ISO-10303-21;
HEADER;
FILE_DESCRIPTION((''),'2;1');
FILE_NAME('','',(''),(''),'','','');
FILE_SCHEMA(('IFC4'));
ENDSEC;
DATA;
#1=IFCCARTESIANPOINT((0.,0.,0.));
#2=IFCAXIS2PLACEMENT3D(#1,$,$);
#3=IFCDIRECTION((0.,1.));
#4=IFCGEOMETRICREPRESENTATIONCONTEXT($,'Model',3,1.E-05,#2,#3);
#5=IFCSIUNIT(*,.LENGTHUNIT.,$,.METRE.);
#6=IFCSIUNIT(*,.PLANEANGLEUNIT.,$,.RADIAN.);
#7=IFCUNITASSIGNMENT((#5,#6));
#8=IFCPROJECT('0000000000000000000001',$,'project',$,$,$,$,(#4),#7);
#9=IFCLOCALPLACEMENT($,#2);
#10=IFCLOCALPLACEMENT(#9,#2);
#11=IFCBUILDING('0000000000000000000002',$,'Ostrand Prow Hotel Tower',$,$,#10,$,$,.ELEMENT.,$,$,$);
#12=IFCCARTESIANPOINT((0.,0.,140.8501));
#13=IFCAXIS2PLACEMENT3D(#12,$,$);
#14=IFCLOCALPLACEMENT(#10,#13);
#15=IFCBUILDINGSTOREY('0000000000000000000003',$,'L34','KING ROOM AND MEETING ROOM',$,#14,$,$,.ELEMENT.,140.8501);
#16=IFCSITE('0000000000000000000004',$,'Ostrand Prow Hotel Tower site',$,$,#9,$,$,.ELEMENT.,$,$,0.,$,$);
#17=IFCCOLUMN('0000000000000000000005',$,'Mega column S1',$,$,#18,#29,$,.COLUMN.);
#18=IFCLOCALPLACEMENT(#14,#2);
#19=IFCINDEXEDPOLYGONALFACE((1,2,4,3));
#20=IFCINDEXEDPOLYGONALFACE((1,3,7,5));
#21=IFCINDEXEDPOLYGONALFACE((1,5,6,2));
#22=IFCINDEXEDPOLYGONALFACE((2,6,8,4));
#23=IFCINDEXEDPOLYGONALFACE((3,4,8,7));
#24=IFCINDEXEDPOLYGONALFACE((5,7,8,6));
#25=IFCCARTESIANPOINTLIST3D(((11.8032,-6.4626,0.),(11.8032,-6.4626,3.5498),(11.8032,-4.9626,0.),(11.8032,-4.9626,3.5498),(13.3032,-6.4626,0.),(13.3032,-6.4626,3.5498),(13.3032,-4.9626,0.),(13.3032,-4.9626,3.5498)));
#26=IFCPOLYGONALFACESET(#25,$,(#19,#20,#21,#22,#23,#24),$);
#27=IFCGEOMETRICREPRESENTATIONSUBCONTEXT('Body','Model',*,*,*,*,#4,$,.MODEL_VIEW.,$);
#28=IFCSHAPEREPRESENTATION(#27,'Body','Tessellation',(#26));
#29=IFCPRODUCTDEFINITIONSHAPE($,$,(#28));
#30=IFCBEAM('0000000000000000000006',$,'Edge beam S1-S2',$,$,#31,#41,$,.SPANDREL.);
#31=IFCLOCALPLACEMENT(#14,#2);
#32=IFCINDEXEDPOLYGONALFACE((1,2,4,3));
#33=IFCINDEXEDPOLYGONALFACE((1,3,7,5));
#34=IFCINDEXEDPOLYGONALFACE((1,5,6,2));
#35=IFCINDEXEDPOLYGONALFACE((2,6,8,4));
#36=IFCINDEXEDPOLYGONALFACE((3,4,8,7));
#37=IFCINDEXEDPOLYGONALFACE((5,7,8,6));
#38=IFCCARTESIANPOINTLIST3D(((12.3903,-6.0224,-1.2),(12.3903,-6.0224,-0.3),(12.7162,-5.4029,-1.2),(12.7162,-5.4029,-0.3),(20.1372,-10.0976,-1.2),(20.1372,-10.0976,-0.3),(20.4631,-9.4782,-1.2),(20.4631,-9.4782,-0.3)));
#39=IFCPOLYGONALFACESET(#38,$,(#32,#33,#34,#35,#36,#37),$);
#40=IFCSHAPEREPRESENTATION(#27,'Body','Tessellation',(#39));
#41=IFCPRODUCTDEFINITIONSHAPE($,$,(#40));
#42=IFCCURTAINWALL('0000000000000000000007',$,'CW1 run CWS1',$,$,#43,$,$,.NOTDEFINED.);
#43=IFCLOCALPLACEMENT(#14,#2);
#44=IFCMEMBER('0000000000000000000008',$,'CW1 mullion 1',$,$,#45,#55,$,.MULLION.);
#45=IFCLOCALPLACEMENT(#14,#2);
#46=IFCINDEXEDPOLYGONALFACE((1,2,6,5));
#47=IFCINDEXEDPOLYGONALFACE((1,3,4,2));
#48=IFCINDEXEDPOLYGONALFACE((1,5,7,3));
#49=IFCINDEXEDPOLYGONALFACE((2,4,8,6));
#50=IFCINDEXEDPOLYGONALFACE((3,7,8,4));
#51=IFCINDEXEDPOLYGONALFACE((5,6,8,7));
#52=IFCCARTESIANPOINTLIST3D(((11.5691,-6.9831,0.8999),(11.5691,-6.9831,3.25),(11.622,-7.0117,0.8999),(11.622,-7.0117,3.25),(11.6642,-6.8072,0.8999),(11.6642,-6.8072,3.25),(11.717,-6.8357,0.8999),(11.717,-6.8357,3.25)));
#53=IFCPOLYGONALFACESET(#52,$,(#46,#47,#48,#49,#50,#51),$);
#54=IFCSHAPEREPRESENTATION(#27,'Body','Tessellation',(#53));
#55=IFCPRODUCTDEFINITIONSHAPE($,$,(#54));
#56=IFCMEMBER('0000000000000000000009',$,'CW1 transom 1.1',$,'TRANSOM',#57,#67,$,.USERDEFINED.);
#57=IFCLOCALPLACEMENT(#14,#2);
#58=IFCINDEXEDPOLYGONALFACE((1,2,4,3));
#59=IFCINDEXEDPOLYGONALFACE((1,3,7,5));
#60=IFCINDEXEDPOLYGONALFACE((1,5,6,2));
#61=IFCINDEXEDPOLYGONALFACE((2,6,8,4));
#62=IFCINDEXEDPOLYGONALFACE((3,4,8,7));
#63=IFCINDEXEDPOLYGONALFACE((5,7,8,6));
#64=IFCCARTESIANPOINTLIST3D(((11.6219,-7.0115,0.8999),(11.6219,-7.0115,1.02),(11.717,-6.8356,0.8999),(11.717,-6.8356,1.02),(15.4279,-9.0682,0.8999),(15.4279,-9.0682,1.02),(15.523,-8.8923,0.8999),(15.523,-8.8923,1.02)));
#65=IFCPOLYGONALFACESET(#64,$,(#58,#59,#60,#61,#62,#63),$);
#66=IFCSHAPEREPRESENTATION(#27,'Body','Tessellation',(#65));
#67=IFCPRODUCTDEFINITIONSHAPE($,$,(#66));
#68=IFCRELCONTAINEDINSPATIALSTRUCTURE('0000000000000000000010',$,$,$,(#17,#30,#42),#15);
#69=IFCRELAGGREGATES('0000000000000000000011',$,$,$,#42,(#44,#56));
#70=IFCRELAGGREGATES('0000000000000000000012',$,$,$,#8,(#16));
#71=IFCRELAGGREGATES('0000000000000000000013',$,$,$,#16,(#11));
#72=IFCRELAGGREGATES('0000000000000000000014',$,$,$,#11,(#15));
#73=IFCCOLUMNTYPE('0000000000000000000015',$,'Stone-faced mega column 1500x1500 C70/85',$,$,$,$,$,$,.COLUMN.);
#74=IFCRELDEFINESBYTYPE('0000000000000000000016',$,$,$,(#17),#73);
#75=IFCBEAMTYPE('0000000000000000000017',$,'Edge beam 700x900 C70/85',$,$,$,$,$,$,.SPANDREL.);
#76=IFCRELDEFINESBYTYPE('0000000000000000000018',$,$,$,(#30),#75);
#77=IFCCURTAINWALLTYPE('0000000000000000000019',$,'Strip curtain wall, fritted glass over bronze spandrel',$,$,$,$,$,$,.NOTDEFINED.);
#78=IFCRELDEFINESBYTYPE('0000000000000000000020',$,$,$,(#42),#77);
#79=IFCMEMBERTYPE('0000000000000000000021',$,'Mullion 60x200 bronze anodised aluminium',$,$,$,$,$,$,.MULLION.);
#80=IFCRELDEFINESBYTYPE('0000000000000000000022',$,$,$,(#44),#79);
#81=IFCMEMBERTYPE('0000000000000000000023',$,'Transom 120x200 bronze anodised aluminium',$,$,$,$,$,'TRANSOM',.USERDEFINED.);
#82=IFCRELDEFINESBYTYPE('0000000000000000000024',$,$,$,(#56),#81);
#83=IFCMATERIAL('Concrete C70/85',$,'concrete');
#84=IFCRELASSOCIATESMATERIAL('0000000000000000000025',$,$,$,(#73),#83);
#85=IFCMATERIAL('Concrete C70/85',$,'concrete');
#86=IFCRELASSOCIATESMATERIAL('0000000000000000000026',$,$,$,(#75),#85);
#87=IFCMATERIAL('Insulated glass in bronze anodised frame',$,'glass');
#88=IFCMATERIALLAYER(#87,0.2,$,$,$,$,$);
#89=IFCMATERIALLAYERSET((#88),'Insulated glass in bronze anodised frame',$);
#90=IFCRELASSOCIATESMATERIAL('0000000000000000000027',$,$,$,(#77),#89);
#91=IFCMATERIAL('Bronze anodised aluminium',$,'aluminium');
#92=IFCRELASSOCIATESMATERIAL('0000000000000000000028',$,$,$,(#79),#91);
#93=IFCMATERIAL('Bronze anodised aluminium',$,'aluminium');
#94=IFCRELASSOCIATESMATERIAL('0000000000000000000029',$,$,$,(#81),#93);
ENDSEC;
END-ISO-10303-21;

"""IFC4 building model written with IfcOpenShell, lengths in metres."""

from ifc_helpers import new_model, si_unit, direction, frame, origin, origin_2d, place, context, subcontext, project, spatial, rectangle, extrude, material, layer, layer_set, material_profile, profile_set, type_object, element, aggregate, save


model = new_model("IFC4")

# Units and contexts
model_context = context("Model", 3, precision=1e-05, world=origin(), true_north=direction((0.0, 1.0)))
body_context = subcontext(model_context, "Body", "Model", "MODEL_VIEW")
ifc_project = project(units=[si_unit("LENGTHUNIT", "METRE"), si_unit("PLANEANGLEUNIT", "RADIAN")], contexts=[model_context])

# Site, building, storey
site_placement = place(None, origin())
site = spatial("IfcSite", under=ifc_project, at=site_placement, Name="Ostrand Prow Hotel Tower site", CompositionType="ELEMENT", RefElevation=0.0)
building_placement = place(site_placement, origin())
building = spatial("IfcBuilding", under=site, at=building_placement, Name="Ostrand Prow Hotel Tower", CompositionType="ELEMENT")
storey_placement = place(building_placement, frame((0.0, 0.0, 140.8501)))
storey = spatial("IfcBuildingStorey", under=building, at=storey_placement, Name="L34", Description="KING ROOM AND MEETING ROOM", CompositionType="ELEMENT", Elevation=140.8501)

# Column
ifc_material_1 = material(Name="Concrete C70/85", Category="concrete")
ifc_material_profile_1 = material_profile(ifc_material_1, rectangle(XDim=1.5, YDim=1.5, at=origin_2d()), Name="RC 1500x1500")
ifc_profile_set_1 = profile_set([ifc_material_profile_1], Name="Concrete C70/85")
column_type = type_object("IfcColumnType", Name="Stone-faced mega column 1500x1500 C70/85", PredefinedType="COLUMN", material=ifc_profile_set_1)
column_placement = place(storey_placement, frame((12.5532, -5.7126, 0.0), z_axis=(0.0, 0.0, 1.0), x_axis=(1.0, 0.0, 0.0)))
element("IfcColumn", 1, at=column_placement, inside=storey, type_object=column_type, Name="Mega column S1", PredefinedType="COLUMN", context=body_context, shape_type="SweptSolid", body=[
    extrude(rectangle(XDim=1.5, YDim=1.5, at=origin_2d()), origin(), (0.0, 0.0, 1.0), 3.5498),
])

# Beam
ifc_material_2 = material(Name="Concrete C70/85", Category="concrete")
ifc_material_profile_2 = material_profile(ifc_material_2, rectangle(XDim=0.7, YDim=0.8999, at=origin_2d()), Name="RC 700x900")
ifc_profile_set_2 = profile_set([ifc_material_profile_2], Name="Concrete C70/85")
beam_type = type_object("IfcBeamType", Name="Edge beam 700x900 C70/85", PredefinedType="SPANDREL", material=ifc_profile_set_2)
beam_placement = place(storey_placement, frame((12.5532, -5.7126, -0.75), z_axis=(0.885016, -0.46556, 0.0), x_axis=(0.46556, 0.885016, 0.0)))
element("IfcBeam", 2, at=beam_placement, inside=storey, type_object=beam_type, Name="Edge beam S1-S2", PredefinedType="SPANDREL", context=body_context, shape_type="SweptSolid", body=[
    extrude(rectangle(XDim=0.7, YDim=0.8999, at=origin_2d()), origin(), (0.0, 0.0, 1.0), 8.7534),
])

# Curtain wall, members
ifc_material_3 = material(Name="Insulated glass in bronze anodised frame", Category="glass")
ifc_layer_1 = layer(ifc_material_3, 0.2)
ifc_layer_set_1 = layer_set([ifc_layer_1], Name="Insulated glass in bronze anodised frame")
curtain_wall_type = type_object("IfcCurtainWallType", Name="Strip curtain wall, fritted glass over bronze spandrel", PredefinedType="NOTDEFINED", material=ifc_layer_set_1)
curtain_wall_placement = place(storey_placement, origin())
curtain_wall = element("IfcCurtainWall", 3, at=curtain_wall_placement, inside=storey, type_object=curtain_wall_type, Name="CW1 run CWS1", PredefinedType="NOTDEFINED")
ifc_material_4 = material(Name="Bronze anodised aluminium", Category="aluminium")
ifc_material_profile_3 = material_profile(ifc_material_4, rectangle(XDim=0.2, YDim=0.0601, at=origin_2d()), Name="Mullion 60x200 bronze anodised aluminium")
ifc_profile_set_3 = profile_set([ifc_material_profile_3], Name="Bronze anodised aluminium")
member_type_1 = type_object("IfcMemberType", Name="Mullion 60x200 bronze anodised aluminium", PredefinedType="MULLION", material=ifc_profile_set_3)
member_1_placement = place(storey_placement, frame((11.6431, -6.9094, 0.8999), z_axis=(0.0, 0.0, 1.0), x_axis=(0.475394, 0.879773, 0.0)))
member_1 = element("IfcMember", 4, at=member_1_placement, type_object=member_type_1, Name="CW1 mullion 1", PredefinedType="MULLION", context=body_context, shape_type="SweptSolid", body=[
    extrude(rectangle(XDim=0.2, YDim=0.0601, at=origin_2d()), origin(), (0.0, 0.0, 1.0), 2.3501),
])
ifc_material_5 = material(Name="Bronze anodised aluminium", Category="aluminium")
ifc_material_profile_4 = material_profile(ifc_material_5, rectangle(XDim=0.2, YDim=0.1201, at=origin_2d()), Name="Transom 120x200 bronze anodised aluminium")
ifc_profile_set_4 = profile_set([ifc_material_profile_4], Name="Bronze anodised aluminium")
member_type_2 = type_object("IfcMemberType", Name="Transom 120x200 bronze anodised aluminium", ElementType="TRANSOM", PredefinedType="USERDEFINED", material=ifc_profile_set_4)
member_2_placement = place(storey_placement, frame((11.6694, -6.9236, 0.96), z_axis=(0.879765, -0.475408, 0.0), x_axis=(0.475408, 0.879765, 0.0)))
member_2 = element("IfcMember", 5, at=member_2_placement, type_object=member_type_2, Name="CW1 transom 1.1", ObjectType="TRANSOM", PredefinedType="USERDEFINED", context=body_context, shape_type="SweptSolid", body=[
    extrude(rectangle(XDim=0.2, YDim=0.1201, at=origin_2d()), origin(), (0.0, 0.0, 1.0), 4.3262),
])
aggregate(curtain_wall, [member_1, member_2])

save(model, "model.ifc")
